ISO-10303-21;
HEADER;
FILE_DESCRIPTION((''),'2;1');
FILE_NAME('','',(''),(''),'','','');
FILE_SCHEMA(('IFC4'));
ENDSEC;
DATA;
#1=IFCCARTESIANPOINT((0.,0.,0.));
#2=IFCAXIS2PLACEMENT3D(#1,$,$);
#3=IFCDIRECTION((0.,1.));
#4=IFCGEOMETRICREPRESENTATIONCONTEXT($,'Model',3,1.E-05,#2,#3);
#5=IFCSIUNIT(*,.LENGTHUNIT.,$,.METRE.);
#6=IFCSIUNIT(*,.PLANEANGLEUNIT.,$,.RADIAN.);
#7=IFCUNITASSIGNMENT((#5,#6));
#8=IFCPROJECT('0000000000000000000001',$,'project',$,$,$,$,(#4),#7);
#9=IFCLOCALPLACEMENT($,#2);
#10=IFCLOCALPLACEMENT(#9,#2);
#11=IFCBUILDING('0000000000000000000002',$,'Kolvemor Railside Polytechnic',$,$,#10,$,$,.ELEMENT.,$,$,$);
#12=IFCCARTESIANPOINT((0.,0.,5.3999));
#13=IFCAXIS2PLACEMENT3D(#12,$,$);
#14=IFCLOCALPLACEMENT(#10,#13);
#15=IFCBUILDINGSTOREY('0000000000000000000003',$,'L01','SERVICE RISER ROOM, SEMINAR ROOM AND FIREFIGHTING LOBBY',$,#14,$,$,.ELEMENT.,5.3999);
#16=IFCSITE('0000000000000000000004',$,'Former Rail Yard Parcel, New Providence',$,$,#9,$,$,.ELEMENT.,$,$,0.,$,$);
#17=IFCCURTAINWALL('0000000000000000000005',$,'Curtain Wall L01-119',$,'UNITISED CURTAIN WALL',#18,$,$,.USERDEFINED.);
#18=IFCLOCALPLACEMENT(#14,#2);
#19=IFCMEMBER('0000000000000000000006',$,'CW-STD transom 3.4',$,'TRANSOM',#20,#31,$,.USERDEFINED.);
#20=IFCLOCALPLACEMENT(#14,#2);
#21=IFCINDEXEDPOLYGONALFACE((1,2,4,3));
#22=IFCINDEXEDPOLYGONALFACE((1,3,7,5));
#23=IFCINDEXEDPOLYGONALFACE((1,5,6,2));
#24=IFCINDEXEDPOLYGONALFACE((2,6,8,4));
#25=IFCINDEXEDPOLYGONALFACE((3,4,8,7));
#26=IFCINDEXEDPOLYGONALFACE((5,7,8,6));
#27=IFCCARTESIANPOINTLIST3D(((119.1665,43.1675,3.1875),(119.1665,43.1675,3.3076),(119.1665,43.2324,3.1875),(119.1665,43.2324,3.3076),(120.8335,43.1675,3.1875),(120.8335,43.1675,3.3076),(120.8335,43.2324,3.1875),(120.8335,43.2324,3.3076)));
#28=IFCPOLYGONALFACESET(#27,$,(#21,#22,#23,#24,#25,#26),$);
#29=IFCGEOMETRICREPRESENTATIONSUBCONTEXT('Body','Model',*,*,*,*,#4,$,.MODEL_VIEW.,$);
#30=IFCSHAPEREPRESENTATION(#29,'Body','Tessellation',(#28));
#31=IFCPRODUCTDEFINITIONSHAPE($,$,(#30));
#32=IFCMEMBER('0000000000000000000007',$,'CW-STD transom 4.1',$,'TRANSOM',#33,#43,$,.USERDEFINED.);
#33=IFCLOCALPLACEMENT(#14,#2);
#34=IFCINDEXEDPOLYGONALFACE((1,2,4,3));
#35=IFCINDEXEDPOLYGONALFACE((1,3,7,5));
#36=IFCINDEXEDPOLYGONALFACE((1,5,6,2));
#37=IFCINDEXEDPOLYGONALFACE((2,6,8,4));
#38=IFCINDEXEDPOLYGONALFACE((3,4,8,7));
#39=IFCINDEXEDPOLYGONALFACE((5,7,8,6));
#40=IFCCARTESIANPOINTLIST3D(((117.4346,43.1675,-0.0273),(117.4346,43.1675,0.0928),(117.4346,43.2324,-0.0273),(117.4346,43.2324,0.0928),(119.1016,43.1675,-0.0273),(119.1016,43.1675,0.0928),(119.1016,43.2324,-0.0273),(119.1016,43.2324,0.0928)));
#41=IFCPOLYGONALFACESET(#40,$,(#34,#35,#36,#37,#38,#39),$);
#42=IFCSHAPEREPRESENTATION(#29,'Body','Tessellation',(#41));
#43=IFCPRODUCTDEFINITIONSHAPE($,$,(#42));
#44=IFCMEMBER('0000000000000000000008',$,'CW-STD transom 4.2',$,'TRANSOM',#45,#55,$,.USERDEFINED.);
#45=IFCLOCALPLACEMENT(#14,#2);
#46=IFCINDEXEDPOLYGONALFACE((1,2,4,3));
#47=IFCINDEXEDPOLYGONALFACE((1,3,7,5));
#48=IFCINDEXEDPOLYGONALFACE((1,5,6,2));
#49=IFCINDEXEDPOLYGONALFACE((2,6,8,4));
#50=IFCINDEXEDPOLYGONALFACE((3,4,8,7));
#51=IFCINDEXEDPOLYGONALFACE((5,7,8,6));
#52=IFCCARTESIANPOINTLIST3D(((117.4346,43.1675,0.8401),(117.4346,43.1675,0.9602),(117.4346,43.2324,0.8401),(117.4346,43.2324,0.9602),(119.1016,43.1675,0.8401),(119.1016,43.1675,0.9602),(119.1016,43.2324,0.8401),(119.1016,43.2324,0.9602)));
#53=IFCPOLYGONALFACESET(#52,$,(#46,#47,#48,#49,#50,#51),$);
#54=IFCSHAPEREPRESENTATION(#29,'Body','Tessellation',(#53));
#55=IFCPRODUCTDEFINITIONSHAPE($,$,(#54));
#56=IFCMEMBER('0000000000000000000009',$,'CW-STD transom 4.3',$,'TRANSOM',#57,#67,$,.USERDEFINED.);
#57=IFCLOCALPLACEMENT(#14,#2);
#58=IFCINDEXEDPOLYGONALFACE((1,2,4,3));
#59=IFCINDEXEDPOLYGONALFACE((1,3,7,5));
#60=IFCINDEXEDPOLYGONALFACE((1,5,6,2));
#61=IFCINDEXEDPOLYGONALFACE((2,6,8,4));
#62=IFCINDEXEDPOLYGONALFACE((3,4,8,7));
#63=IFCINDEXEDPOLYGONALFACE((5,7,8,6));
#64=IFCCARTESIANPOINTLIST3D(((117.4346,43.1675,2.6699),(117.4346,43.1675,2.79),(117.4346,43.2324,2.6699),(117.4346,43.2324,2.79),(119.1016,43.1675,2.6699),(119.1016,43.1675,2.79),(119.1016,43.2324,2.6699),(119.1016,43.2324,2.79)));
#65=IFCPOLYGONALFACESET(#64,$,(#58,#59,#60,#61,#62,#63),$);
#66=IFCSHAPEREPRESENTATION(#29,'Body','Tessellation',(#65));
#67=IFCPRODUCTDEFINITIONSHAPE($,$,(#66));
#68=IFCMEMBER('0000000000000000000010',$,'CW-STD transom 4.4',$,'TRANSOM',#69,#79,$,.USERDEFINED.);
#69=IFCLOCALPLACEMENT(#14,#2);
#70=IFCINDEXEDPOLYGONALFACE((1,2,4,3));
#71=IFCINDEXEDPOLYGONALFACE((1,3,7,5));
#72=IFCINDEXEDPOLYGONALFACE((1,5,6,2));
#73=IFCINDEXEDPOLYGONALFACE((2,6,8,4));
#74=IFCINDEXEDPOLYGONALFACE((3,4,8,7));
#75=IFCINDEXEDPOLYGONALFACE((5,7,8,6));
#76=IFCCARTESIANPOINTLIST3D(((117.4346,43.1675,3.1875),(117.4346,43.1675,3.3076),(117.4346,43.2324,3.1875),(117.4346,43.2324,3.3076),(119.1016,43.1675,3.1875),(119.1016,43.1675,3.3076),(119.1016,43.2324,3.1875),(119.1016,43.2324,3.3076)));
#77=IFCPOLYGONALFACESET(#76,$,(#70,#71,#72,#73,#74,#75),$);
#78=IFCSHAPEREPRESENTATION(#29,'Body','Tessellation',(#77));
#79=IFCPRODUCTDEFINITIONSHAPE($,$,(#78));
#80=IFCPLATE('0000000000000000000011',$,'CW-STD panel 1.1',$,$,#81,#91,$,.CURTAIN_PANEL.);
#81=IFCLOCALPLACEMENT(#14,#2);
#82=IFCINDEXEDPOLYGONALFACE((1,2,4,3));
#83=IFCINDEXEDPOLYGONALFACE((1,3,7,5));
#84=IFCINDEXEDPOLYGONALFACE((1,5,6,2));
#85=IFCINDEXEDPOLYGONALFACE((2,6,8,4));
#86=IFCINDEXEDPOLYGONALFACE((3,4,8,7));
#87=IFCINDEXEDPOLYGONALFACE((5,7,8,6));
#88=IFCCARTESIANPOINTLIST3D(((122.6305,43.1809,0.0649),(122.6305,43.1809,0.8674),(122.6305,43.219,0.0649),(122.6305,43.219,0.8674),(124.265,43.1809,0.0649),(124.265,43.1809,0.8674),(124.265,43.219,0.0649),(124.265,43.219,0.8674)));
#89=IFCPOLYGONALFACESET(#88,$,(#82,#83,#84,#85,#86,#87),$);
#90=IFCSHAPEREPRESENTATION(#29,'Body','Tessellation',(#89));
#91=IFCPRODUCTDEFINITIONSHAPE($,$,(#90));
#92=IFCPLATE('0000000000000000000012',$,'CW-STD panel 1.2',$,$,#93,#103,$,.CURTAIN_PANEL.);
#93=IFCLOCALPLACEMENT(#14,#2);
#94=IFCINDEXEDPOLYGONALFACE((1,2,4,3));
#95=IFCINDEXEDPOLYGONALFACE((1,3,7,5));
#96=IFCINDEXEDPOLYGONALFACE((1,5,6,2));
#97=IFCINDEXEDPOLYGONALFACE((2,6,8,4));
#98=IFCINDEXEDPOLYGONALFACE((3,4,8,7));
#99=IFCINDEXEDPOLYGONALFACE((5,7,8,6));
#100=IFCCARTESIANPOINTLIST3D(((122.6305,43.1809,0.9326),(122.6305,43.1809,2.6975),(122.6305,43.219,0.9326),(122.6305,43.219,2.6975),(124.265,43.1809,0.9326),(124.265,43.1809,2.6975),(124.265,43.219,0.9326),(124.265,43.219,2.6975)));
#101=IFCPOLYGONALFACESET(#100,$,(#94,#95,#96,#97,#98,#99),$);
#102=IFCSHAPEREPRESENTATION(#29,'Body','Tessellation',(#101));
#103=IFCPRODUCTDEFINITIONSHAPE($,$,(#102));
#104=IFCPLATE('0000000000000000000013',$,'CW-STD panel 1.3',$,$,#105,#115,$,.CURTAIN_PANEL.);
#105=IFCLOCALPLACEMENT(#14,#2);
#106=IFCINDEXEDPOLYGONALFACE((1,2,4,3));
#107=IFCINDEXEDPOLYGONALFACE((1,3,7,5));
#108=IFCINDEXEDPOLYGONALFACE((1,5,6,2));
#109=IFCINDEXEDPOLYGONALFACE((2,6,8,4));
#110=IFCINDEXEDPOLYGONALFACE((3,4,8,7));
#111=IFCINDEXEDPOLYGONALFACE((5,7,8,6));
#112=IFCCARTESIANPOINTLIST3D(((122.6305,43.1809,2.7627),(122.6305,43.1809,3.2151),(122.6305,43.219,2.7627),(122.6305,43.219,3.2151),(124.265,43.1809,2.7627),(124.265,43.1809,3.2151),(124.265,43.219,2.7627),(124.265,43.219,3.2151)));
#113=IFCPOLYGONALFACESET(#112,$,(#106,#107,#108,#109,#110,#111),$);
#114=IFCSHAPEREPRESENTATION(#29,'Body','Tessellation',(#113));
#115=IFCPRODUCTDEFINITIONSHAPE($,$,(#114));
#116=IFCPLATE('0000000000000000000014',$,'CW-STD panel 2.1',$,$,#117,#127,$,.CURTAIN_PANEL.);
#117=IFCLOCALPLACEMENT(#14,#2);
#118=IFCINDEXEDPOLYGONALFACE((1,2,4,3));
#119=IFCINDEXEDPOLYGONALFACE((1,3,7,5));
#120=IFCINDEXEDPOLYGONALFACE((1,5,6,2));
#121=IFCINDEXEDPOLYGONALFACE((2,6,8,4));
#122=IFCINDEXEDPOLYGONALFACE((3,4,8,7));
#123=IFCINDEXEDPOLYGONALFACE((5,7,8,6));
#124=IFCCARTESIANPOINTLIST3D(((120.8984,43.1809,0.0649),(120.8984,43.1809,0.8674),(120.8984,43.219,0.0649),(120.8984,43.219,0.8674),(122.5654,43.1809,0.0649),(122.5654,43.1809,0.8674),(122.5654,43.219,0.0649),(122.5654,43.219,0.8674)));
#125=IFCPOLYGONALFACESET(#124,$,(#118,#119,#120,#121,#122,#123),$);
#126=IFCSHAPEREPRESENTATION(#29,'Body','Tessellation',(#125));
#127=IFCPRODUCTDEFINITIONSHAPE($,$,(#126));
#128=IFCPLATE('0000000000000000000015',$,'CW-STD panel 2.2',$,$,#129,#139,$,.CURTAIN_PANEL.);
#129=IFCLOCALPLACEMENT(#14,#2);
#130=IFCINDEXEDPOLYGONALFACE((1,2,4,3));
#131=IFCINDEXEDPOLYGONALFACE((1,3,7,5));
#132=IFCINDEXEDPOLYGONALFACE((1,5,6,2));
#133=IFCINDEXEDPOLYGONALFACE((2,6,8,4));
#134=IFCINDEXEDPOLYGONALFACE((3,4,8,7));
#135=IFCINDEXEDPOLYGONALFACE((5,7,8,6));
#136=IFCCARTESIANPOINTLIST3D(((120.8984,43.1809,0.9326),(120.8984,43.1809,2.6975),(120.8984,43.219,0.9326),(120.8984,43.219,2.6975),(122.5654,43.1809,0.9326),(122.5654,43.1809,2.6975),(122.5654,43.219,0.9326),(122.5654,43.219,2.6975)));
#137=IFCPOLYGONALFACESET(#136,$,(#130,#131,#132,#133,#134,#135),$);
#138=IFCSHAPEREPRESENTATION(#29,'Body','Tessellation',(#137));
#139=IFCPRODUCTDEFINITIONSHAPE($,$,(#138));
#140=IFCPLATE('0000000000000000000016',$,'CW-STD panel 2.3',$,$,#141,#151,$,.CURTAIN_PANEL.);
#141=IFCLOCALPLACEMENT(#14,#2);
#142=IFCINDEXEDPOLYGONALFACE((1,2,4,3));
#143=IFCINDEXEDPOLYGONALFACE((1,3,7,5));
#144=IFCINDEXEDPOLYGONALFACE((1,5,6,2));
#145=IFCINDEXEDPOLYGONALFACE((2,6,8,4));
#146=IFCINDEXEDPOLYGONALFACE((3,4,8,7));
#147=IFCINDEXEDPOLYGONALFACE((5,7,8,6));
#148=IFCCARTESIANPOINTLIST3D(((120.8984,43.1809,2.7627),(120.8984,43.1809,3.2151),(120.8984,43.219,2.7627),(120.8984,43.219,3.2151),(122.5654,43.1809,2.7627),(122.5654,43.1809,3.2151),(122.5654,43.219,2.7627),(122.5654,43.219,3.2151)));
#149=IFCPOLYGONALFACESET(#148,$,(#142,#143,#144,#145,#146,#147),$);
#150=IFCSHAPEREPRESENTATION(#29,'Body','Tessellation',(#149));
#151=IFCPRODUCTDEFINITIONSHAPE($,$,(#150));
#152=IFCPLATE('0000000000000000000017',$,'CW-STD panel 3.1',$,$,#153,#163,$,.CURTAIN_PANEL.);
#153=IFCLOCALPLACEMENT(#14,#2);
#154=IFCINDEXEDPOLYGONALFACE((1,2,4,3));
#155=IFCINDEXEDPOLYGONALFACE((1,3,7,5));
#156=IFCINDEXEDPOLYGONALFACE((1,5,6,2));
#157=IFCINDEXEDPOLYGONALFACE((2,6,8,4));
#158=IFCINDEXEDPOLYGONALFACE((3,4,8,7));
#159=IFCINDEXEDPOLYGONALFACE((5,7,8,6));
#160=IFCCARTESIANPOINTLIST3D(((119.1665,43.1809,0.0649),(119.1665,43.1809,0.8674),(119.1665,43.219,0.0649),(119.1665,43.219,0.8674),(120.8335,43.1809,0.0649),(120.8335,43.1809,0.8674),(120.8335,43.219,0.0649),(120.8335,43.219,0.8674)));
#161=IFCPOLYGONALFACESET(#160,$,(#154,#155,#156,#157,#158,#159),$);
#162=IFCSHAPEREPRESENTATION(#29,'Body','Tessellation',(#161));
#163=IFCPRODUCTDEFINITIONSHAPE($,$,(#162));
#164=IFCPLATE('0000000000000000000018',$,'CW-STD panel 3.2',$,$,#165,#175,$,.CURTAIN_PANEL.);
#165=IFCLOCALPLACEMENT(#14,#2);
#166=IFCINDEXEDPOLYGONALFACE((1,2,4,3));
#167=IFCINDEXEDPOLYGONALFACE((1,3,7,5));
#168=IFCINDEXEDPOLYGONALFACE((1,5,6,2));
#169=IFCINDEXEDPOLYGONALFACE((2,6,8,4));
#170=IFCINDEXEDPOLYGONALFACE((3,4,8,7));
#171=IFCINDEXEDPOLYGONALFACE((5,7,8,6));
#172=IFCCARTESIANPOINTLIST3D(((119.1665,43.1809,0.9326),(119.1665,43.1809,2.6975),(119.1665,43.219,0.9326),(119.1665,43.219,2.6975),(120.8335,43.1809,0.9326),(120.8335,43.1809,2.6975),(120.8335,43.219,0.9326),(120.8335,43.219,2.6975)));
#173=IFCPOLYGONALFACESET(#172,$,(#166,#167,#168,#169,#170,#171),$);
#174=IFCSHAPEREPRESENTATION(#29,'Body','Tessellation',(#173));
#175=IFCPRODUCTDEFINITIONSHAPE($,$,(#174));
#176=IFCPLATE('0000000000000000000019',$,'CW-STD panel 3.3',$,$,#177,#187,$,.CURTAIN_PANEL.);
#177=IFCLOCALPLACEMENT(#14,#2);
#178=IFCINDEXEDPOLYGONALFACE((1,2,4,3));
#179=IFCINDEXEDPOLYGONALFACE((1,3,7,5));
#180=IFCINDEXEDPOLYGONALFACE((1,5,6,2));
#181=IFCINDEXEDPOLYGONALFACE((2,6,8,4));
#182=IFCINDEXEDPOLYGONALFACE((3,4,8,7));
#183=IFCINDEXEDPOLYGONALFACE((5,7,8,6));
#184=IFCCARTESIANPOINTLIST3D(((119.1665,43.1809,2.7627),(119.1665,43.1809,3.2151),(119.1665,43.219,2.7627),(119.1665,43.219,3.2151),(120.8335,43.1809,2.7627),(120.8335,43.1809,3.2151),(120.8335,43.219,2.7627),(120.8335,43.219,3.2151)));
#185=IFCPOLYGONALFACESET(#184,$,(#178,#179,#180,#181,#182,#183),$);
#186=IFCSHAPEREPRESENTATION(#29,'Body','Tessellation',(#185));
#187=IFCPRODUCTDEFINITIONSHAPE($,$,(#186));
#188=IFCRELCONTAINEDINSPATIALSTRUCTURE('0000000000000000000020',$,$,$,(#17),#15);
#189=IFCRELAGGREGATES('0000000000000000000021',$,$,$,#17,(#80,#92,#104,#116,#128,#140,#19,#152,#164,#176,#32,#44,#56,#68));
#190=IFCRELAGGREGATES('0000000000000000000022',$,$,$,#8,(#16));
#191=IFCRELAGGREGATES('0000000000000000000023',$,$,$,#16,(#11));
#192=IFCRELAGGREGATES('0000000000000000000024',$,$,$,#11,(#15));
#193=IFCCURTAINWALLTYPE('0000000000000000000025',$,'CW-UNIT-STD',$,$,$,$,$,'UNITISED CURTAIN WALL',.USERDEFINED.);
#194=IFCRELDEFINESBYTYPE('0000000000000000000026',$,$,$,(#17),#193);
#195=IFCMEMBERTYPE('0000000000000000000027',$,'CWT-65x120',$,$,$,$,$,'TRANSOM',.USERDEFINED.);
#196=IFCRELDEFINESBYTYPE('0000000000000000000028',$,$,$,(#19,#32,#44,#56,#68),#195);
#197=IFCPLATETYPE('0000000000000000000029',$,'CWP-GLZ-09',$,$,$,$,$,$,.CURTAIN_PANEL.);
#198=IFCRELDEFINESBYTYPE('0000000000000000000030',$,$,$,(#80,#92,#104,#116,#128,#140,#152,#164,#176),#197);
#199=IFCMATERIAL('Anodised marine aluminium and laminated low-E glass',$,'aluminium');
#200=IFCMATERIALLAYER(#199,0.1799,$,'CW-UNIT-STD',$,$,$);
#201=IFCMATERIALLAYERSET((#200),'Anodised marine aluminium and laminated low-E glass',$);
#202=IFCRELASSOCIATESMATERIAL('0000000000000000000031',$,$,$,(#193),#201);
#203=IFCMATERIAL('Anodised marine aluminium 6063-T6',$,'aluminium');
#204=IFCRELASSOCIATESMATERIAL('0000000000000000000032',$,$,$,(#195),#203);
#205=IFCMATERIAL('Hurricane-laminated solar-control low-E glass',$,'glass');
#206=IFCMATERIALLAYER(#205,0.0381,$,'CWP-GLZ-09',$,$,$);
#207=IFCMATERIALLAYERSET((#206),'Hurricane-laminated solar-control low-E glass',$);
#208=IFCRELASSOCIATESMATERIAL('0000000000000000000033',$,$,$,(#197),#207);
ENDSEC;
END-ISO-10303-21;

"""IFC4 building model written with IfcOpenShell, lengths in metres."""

from ifc_helpers import new_model, si_unit, direction, frame, origin, origin_2d, place, context, subcontext, project, spatial, rectangle, extrude, material, layer, layer_set, material_profile, profile_set, type_object, element, aggregate, save


model = new_model("IFC4")

# Units and contexts
model_context = context("Model", 3, precision=1e-05, world=origin(), true_north=direction((0.0, 1.0)))
body_context = subcontext(model_context, "Body", "Model", "MODEL_VIEW")
ifc_project = project(units=[si_unit("LENGTHUNIT", "METRE"), si_unit("PLANEANGLEUNIT", "RADIAN")], contexts=[model_context])

# Site, building, storey
site_placement = place(None, origin())
site = spatial("IfcSite", under=ifc_project, at=site_placement, Name="Former Rail Yard Parcel, New Providence", CompositionType="ELEMENT", RefElevation=0.0)
building_placement = place(site_placement, origin())
building = spatial("IfcBuilding", under=site, at=building_placement, Name="Kolvemor Railside Polytechnic", CompositionType="ELEMENT")
storey_placement = place(building_placement, frame((0.0, 0.0, 5.3999)))
storey = spatial("IfcBuildingStorey", under=building, at=storey_placement, Name="L01", Description="SERVICE RISER ROOM, SEMINAR ROOM AND FIREFIGHTING LOBBY", CompositionType="ELEMENT", Elevation=5.3999)

# Curtain wall, members, plates
ifc_material_1 = material(Name="Anodised marine aluminium and laminated low-E glass", Category="aluminium")
ifc_layer_1 = layer(ifc_material_1, 0.1799, Name="CW-UNIT-STD")
ifc_layer_set_1 = layer_set([ifc_layer_1], Name="Anodised marine aluminium and laminated low-E glass")
curtain_wall_type = type_object("IfcCurtainWallType", Name="CW-UNIT-STD", ElementType="UNITISED CURTAIN WALL", PredefinedType="USERDEFINED", material=ifc_layer_set_1)
curtain_wall_placement = place(storey_placement, origin())
curtain_wall = element("IfcCurtainWall", 1, at=curtain_wall_placement, inside=storey, type_object=curtain_wall_type, Name="Curtain Wall L01-119", ObjectType="UNITISED CURTAIN WALL", PredefinedType="USERDEFINED")
ifc_material_2 = material(Name="Anodised marine aluminium 6063-T6", Category="aluminium")
ifc_material_profile_1 = material_profile(ifc_material_2, rectangle(XDim=0.0649, YDim=0.1201, at=origin_2d()), Name="CW-TRN-65x120")
ifc_profile_set_1 = profile_set([ifc_material_profile_1], Name="Anodised marine aluminium 6063-T6")
member_type_1 = type_object("IfcMemberType", Name="CWT-65x120", ElementType="TRANSOM", PredefinedType="USERDEFINED", material=ifc_profile_set_1)
member_1_placement = place(storey_placement, frame((120.8335, 43.2, 3.2476), z_axis=(-1.0, 0.0, 0.0), x_axis=(0.0, -1.0, 0.0)))
member_1 = element("IfcMember", 2, at=member_1_placement, type_object=member_type_1, Name="CW-STD transom 3.4", ObjectType="TRANSOM", PredefinedType="USERDEFINED", context=body_context, shape_type="SweptSolid", body=[
    extrude(rectangle(XDim=0.0649, YDim=0.1201, at=origin_2d()), origin(), (0.0, 0.0, 1.0), 1.667),
])
member_2_placement = place(storey_placement, frame((119.1016, 43.2, 0.0327), z_axis=(-1.0, 0.0, 0.0), x_axis=(0.0, -1.0, 0.0)))
member_2 = element("IfcMember", 3, at=member_2_placement, type_object=member_type_1, Name="CW-STD transom 4.1", ObjectType="TRANSOM", PredefinedType="USERDEFINED", context=body_context, shape_type="SweptSolid", body=[
    extrude(rectangle(XDim=0.0649, YDim=0.1201, at=origin_2d()), origin(), (0.0, 0.0, 1.0), 1.667),
])
member_3_placement = place(storey_placement, frame((119.1016, 43.2, 0.9001), z_axis=(-1.0, 0.0, 0.0), x_axis=(0.0, -1.0, 0.0)))
member_3 = element("IfcMember", 4, at=member_3_placement, type_object=member_type_1, Name="CW-STD transom 4.2", ObjectType="TRANSOM", PredefinedType="USERDEFINED", context=body_context, shape_type="SweptSolid", body=[
    extrude(rectangle(XDim=0.0649, YDim=0.1201, at=origin_2d()), origin(), (0.0, 0.0, 1.0), 1.667),
])
member_4_placement = place(storey_placement, frame((119.1016, 43.2, 2.73), z_axis=(-1.0, 0.0, 0.0), x_axis=(0.0, -1.0, 0.0)))
member_4 = element("IfcMember", 5, at=member_4_placement, type_object=member_type_1, Name="CW-STD transom 4.3", ObjectType="TRANSOM", PredefinedType="USERDEFINED", context=body_context, shape_type="SweptSolid", body=[
    extrude(rectangle(XDim=0.0649, YDim=0.1201, at=origin_2d()), origin(), (0.0, 0.0, 1.0), 1.667),
])
member_5_placement = place(storey_placement, frame((119.1016, 43.2, 3.2476), z_axis=(-1.0, 0.0, 0.0), x_axis=(0.0, -1.0, 0.0)))
member_5 = element("IfcMember", 6, at=member_5_placement, type_object=member_type_1, Name="CW-STD transom 4.4", ObjectType="TRANSOM", PredefinedType="USERDEFINED", context=body_context, shape_type="SweptSolid", body=[
    extrude(rectangle(XDim=0.0649, YDim=0.1201, at=origin_2d()), origin(), (0.0, 0.0, 1.0), 1.667),
])
ifc_material_3 = material(Name="Hurricane-laminated solar-control low-E glass", Category="glass")
ifc_layer_2 = layer(ifc_material_3, 0.0381, Name="CWP-GLZ-09")
ifc_layer_set_2 = layer_set([ifc_layer_2], Name="Hurricane-laminated solar-control low-E glass")
plate_type = type_object("IfcPlateType", Name="CWP-GLZ-09", PredefinedType="CURTAIN_PANEL", material=ifc_layer_set_2)
plate_1_placement = place(storey_placement, frame((123.4478, 43.2, 0.0649), z_axis=(0.0, 0.0, 1.0), x_axis=(-1.0, 0.0, 0.0)))
plate_1 = element("IfcPlate", 7, at=plate_1_placement, type_object=plate_type, Name="CW-STD panel 1.1", PredefinedType="CURTAIN_PANEL", context=body_context, shape_type="SweptSolid", body=[
    extrude(rectangle(XDim=1.6345, YDim=0.0381, at=origin_2d()), origin(), (0.0, 0.0, 1.0), 0.8025),
])
plate_2_placement = place(storey_placement, frame((123.4478, 43.2, 0.9326), z_axis=(0.0, 0.0, 1.0), x_axis=(-1.0, 0.0, 0.0)))
plate_2 = element("IfcPlate", 8, at=plate_2_placement, type_object=plate_type, Name="CW-STD panel 1.2", PredefinedType="CURTAIN_PANEL", context=body_context, shape_type="SweptSolid", body=[
    extrude(rectangle(XDim=1.6345, YDim=0.0381, at=origin_2d()), origin(), (0.0, 0.0, 1.0), 1.7649),
])
plate_3_placement = place(storey_placement, frame((123.4478, 43.2, 2.7627), z_axis=(0.0, 0.0, 1.0), x_axis=(-1.0, 0.0, 0.0)))
plate_3 = element("IfcPlate", 9, at=plate_3_placement, type_object=plate_type, Name="CW-STD panel 1.3", PredefinedType="CURTAIN_PANEL", context=body_context, shape_type="SweptSolid", body=[
    extrude(rectangle(XDim=1.6345, YDim=0.0381, at=origin_2d()), origin(), (0.0, 0.0, 1.0), 0.4524),
])
plate_4_placement = place(storey_placement, frame((121.7319, 43.2, 0.0649), z_axis=(0.0, 0.0, 1.0), x_axis=(-1.0, 0.0, 0.0)))
plate_4 = element("IfcPlate", 10, at=plate_4_placement, type_object=plate_type, Name="CW-STD panel 2.1", PredefinedType="CURTAIN_PANEL", context=body_context, shape_type="SweptSolid", body=[
    extrude(rectangle(XDim=1.667, YDim=0.0381, at=origin_2d()), origin(), (0.0, 0.0, 1.0), 0.8025),
])
plate_5_placement = place(storey_placement, frame((121.7319, 43.2, 0.9326), z_axis=(0.0, 0.0, 1.0), x_axis=(-1.0, 0.0, 0.0)))
plate_5 = element("IfcPlate", 11, at=plate_5_placement, type_object=plate_type, Name="CW-STD panel 2.2", PredefinedType="CURTAIN_PANEL", context=body_context, shape_type="SweptSolid", body=[
    extrude(rectangle(XDim=1.667, YDim=0.0381, at=origin_2d()), origin(), (0.0, 0.0, 1.0), 1.7649),
])
plate_6_placement = place(storey_placement, frame((121.7319, 43.2, 2.7627), z_axis=(0.0, 0.0, 1.0), x_axis=(-1.0, 0.0, 0.0)))
plate_6 = element("IfcPlate", 12, at=plate_6_placement, type_object=plate_type, Name="CW-STD panel 2.3", PredefinedType="CURTAIN_PANEL", context=body_context, shape_type="SweptSolid", body=[
    extrude(rectangle(XDim=1.667, YDim=0.0381, at=origin_2d()), origin(), (0.0, 0.0, 1.0), 0.4524),
])
plate_7_placement = place(storey_placement, frame((120.0, 43.2, 0.0649), z_axis=(0.0, 0.0, 1.0), x_axis=(-1.0, 0.0, 0.0)))
plate_7 = element("IfcPlate", 13, at=plate_7_placement, type_object=plate_type, Name="CW-STD panel 3.1", PredefinedType="CURTAIN_PANEL", context=body_context, shape_type="SweptSolid", body=[
    extrude(rectangle(XDim=1.667, YDim=0.0381, at=origin_2d()), origin(), (0.0, 0.0, 1.0), 0.8025),
])
plate_8_placement = place(storey_placement, frame((120.0, 43.2, 0.9326), z_axis=(0.0, 0.0, 1.0), x_axis=(-1.0, 0.0, 0.0)))
plate_8 = element("IfcPlate", 14, at=plate_8_placement, type_object=plate_type, Name="CW-STD panel 3.2", PredefinedType="CURTAIN_PANEL", context=body_context, shape_type="SweptSolid", body=[
    extrude(rectangle(XDim=1.667, YDim=0.0381, at=origin_2d()), origin(), (0.0, 0.0, 1.0), 1.7649),
])
plate_9_placement = place(storey_placement, frame((120.0, 43.2, 2.7627), z_axis=(0.0, 0.0, 1.0), x_axis=(-1.0, 0.0, 0.0)))
plate_9 = element("IfcPlate", 15, at=plate_9_placement, type_object=plate_type, Name="CW-STD panel 3.3", PredefinedType="CURTAIN_PANEL", context=body_context, shape_type="SweptSolid", body=[
    extrude(rectangle(XDim=1.667, YDim=0.0381, at=origin_2d()), origin(), (0.0, 0.0, 1.0), 0.4524),
])
aggregate(curtain_wall, [plate_1, plate_2, plate_3, plate_4, plate_5, plate_6, member_1, plate_7, plate_8, plate_9, member_2, member_3, member_4, member_5])

save(model, "model.ifc")
